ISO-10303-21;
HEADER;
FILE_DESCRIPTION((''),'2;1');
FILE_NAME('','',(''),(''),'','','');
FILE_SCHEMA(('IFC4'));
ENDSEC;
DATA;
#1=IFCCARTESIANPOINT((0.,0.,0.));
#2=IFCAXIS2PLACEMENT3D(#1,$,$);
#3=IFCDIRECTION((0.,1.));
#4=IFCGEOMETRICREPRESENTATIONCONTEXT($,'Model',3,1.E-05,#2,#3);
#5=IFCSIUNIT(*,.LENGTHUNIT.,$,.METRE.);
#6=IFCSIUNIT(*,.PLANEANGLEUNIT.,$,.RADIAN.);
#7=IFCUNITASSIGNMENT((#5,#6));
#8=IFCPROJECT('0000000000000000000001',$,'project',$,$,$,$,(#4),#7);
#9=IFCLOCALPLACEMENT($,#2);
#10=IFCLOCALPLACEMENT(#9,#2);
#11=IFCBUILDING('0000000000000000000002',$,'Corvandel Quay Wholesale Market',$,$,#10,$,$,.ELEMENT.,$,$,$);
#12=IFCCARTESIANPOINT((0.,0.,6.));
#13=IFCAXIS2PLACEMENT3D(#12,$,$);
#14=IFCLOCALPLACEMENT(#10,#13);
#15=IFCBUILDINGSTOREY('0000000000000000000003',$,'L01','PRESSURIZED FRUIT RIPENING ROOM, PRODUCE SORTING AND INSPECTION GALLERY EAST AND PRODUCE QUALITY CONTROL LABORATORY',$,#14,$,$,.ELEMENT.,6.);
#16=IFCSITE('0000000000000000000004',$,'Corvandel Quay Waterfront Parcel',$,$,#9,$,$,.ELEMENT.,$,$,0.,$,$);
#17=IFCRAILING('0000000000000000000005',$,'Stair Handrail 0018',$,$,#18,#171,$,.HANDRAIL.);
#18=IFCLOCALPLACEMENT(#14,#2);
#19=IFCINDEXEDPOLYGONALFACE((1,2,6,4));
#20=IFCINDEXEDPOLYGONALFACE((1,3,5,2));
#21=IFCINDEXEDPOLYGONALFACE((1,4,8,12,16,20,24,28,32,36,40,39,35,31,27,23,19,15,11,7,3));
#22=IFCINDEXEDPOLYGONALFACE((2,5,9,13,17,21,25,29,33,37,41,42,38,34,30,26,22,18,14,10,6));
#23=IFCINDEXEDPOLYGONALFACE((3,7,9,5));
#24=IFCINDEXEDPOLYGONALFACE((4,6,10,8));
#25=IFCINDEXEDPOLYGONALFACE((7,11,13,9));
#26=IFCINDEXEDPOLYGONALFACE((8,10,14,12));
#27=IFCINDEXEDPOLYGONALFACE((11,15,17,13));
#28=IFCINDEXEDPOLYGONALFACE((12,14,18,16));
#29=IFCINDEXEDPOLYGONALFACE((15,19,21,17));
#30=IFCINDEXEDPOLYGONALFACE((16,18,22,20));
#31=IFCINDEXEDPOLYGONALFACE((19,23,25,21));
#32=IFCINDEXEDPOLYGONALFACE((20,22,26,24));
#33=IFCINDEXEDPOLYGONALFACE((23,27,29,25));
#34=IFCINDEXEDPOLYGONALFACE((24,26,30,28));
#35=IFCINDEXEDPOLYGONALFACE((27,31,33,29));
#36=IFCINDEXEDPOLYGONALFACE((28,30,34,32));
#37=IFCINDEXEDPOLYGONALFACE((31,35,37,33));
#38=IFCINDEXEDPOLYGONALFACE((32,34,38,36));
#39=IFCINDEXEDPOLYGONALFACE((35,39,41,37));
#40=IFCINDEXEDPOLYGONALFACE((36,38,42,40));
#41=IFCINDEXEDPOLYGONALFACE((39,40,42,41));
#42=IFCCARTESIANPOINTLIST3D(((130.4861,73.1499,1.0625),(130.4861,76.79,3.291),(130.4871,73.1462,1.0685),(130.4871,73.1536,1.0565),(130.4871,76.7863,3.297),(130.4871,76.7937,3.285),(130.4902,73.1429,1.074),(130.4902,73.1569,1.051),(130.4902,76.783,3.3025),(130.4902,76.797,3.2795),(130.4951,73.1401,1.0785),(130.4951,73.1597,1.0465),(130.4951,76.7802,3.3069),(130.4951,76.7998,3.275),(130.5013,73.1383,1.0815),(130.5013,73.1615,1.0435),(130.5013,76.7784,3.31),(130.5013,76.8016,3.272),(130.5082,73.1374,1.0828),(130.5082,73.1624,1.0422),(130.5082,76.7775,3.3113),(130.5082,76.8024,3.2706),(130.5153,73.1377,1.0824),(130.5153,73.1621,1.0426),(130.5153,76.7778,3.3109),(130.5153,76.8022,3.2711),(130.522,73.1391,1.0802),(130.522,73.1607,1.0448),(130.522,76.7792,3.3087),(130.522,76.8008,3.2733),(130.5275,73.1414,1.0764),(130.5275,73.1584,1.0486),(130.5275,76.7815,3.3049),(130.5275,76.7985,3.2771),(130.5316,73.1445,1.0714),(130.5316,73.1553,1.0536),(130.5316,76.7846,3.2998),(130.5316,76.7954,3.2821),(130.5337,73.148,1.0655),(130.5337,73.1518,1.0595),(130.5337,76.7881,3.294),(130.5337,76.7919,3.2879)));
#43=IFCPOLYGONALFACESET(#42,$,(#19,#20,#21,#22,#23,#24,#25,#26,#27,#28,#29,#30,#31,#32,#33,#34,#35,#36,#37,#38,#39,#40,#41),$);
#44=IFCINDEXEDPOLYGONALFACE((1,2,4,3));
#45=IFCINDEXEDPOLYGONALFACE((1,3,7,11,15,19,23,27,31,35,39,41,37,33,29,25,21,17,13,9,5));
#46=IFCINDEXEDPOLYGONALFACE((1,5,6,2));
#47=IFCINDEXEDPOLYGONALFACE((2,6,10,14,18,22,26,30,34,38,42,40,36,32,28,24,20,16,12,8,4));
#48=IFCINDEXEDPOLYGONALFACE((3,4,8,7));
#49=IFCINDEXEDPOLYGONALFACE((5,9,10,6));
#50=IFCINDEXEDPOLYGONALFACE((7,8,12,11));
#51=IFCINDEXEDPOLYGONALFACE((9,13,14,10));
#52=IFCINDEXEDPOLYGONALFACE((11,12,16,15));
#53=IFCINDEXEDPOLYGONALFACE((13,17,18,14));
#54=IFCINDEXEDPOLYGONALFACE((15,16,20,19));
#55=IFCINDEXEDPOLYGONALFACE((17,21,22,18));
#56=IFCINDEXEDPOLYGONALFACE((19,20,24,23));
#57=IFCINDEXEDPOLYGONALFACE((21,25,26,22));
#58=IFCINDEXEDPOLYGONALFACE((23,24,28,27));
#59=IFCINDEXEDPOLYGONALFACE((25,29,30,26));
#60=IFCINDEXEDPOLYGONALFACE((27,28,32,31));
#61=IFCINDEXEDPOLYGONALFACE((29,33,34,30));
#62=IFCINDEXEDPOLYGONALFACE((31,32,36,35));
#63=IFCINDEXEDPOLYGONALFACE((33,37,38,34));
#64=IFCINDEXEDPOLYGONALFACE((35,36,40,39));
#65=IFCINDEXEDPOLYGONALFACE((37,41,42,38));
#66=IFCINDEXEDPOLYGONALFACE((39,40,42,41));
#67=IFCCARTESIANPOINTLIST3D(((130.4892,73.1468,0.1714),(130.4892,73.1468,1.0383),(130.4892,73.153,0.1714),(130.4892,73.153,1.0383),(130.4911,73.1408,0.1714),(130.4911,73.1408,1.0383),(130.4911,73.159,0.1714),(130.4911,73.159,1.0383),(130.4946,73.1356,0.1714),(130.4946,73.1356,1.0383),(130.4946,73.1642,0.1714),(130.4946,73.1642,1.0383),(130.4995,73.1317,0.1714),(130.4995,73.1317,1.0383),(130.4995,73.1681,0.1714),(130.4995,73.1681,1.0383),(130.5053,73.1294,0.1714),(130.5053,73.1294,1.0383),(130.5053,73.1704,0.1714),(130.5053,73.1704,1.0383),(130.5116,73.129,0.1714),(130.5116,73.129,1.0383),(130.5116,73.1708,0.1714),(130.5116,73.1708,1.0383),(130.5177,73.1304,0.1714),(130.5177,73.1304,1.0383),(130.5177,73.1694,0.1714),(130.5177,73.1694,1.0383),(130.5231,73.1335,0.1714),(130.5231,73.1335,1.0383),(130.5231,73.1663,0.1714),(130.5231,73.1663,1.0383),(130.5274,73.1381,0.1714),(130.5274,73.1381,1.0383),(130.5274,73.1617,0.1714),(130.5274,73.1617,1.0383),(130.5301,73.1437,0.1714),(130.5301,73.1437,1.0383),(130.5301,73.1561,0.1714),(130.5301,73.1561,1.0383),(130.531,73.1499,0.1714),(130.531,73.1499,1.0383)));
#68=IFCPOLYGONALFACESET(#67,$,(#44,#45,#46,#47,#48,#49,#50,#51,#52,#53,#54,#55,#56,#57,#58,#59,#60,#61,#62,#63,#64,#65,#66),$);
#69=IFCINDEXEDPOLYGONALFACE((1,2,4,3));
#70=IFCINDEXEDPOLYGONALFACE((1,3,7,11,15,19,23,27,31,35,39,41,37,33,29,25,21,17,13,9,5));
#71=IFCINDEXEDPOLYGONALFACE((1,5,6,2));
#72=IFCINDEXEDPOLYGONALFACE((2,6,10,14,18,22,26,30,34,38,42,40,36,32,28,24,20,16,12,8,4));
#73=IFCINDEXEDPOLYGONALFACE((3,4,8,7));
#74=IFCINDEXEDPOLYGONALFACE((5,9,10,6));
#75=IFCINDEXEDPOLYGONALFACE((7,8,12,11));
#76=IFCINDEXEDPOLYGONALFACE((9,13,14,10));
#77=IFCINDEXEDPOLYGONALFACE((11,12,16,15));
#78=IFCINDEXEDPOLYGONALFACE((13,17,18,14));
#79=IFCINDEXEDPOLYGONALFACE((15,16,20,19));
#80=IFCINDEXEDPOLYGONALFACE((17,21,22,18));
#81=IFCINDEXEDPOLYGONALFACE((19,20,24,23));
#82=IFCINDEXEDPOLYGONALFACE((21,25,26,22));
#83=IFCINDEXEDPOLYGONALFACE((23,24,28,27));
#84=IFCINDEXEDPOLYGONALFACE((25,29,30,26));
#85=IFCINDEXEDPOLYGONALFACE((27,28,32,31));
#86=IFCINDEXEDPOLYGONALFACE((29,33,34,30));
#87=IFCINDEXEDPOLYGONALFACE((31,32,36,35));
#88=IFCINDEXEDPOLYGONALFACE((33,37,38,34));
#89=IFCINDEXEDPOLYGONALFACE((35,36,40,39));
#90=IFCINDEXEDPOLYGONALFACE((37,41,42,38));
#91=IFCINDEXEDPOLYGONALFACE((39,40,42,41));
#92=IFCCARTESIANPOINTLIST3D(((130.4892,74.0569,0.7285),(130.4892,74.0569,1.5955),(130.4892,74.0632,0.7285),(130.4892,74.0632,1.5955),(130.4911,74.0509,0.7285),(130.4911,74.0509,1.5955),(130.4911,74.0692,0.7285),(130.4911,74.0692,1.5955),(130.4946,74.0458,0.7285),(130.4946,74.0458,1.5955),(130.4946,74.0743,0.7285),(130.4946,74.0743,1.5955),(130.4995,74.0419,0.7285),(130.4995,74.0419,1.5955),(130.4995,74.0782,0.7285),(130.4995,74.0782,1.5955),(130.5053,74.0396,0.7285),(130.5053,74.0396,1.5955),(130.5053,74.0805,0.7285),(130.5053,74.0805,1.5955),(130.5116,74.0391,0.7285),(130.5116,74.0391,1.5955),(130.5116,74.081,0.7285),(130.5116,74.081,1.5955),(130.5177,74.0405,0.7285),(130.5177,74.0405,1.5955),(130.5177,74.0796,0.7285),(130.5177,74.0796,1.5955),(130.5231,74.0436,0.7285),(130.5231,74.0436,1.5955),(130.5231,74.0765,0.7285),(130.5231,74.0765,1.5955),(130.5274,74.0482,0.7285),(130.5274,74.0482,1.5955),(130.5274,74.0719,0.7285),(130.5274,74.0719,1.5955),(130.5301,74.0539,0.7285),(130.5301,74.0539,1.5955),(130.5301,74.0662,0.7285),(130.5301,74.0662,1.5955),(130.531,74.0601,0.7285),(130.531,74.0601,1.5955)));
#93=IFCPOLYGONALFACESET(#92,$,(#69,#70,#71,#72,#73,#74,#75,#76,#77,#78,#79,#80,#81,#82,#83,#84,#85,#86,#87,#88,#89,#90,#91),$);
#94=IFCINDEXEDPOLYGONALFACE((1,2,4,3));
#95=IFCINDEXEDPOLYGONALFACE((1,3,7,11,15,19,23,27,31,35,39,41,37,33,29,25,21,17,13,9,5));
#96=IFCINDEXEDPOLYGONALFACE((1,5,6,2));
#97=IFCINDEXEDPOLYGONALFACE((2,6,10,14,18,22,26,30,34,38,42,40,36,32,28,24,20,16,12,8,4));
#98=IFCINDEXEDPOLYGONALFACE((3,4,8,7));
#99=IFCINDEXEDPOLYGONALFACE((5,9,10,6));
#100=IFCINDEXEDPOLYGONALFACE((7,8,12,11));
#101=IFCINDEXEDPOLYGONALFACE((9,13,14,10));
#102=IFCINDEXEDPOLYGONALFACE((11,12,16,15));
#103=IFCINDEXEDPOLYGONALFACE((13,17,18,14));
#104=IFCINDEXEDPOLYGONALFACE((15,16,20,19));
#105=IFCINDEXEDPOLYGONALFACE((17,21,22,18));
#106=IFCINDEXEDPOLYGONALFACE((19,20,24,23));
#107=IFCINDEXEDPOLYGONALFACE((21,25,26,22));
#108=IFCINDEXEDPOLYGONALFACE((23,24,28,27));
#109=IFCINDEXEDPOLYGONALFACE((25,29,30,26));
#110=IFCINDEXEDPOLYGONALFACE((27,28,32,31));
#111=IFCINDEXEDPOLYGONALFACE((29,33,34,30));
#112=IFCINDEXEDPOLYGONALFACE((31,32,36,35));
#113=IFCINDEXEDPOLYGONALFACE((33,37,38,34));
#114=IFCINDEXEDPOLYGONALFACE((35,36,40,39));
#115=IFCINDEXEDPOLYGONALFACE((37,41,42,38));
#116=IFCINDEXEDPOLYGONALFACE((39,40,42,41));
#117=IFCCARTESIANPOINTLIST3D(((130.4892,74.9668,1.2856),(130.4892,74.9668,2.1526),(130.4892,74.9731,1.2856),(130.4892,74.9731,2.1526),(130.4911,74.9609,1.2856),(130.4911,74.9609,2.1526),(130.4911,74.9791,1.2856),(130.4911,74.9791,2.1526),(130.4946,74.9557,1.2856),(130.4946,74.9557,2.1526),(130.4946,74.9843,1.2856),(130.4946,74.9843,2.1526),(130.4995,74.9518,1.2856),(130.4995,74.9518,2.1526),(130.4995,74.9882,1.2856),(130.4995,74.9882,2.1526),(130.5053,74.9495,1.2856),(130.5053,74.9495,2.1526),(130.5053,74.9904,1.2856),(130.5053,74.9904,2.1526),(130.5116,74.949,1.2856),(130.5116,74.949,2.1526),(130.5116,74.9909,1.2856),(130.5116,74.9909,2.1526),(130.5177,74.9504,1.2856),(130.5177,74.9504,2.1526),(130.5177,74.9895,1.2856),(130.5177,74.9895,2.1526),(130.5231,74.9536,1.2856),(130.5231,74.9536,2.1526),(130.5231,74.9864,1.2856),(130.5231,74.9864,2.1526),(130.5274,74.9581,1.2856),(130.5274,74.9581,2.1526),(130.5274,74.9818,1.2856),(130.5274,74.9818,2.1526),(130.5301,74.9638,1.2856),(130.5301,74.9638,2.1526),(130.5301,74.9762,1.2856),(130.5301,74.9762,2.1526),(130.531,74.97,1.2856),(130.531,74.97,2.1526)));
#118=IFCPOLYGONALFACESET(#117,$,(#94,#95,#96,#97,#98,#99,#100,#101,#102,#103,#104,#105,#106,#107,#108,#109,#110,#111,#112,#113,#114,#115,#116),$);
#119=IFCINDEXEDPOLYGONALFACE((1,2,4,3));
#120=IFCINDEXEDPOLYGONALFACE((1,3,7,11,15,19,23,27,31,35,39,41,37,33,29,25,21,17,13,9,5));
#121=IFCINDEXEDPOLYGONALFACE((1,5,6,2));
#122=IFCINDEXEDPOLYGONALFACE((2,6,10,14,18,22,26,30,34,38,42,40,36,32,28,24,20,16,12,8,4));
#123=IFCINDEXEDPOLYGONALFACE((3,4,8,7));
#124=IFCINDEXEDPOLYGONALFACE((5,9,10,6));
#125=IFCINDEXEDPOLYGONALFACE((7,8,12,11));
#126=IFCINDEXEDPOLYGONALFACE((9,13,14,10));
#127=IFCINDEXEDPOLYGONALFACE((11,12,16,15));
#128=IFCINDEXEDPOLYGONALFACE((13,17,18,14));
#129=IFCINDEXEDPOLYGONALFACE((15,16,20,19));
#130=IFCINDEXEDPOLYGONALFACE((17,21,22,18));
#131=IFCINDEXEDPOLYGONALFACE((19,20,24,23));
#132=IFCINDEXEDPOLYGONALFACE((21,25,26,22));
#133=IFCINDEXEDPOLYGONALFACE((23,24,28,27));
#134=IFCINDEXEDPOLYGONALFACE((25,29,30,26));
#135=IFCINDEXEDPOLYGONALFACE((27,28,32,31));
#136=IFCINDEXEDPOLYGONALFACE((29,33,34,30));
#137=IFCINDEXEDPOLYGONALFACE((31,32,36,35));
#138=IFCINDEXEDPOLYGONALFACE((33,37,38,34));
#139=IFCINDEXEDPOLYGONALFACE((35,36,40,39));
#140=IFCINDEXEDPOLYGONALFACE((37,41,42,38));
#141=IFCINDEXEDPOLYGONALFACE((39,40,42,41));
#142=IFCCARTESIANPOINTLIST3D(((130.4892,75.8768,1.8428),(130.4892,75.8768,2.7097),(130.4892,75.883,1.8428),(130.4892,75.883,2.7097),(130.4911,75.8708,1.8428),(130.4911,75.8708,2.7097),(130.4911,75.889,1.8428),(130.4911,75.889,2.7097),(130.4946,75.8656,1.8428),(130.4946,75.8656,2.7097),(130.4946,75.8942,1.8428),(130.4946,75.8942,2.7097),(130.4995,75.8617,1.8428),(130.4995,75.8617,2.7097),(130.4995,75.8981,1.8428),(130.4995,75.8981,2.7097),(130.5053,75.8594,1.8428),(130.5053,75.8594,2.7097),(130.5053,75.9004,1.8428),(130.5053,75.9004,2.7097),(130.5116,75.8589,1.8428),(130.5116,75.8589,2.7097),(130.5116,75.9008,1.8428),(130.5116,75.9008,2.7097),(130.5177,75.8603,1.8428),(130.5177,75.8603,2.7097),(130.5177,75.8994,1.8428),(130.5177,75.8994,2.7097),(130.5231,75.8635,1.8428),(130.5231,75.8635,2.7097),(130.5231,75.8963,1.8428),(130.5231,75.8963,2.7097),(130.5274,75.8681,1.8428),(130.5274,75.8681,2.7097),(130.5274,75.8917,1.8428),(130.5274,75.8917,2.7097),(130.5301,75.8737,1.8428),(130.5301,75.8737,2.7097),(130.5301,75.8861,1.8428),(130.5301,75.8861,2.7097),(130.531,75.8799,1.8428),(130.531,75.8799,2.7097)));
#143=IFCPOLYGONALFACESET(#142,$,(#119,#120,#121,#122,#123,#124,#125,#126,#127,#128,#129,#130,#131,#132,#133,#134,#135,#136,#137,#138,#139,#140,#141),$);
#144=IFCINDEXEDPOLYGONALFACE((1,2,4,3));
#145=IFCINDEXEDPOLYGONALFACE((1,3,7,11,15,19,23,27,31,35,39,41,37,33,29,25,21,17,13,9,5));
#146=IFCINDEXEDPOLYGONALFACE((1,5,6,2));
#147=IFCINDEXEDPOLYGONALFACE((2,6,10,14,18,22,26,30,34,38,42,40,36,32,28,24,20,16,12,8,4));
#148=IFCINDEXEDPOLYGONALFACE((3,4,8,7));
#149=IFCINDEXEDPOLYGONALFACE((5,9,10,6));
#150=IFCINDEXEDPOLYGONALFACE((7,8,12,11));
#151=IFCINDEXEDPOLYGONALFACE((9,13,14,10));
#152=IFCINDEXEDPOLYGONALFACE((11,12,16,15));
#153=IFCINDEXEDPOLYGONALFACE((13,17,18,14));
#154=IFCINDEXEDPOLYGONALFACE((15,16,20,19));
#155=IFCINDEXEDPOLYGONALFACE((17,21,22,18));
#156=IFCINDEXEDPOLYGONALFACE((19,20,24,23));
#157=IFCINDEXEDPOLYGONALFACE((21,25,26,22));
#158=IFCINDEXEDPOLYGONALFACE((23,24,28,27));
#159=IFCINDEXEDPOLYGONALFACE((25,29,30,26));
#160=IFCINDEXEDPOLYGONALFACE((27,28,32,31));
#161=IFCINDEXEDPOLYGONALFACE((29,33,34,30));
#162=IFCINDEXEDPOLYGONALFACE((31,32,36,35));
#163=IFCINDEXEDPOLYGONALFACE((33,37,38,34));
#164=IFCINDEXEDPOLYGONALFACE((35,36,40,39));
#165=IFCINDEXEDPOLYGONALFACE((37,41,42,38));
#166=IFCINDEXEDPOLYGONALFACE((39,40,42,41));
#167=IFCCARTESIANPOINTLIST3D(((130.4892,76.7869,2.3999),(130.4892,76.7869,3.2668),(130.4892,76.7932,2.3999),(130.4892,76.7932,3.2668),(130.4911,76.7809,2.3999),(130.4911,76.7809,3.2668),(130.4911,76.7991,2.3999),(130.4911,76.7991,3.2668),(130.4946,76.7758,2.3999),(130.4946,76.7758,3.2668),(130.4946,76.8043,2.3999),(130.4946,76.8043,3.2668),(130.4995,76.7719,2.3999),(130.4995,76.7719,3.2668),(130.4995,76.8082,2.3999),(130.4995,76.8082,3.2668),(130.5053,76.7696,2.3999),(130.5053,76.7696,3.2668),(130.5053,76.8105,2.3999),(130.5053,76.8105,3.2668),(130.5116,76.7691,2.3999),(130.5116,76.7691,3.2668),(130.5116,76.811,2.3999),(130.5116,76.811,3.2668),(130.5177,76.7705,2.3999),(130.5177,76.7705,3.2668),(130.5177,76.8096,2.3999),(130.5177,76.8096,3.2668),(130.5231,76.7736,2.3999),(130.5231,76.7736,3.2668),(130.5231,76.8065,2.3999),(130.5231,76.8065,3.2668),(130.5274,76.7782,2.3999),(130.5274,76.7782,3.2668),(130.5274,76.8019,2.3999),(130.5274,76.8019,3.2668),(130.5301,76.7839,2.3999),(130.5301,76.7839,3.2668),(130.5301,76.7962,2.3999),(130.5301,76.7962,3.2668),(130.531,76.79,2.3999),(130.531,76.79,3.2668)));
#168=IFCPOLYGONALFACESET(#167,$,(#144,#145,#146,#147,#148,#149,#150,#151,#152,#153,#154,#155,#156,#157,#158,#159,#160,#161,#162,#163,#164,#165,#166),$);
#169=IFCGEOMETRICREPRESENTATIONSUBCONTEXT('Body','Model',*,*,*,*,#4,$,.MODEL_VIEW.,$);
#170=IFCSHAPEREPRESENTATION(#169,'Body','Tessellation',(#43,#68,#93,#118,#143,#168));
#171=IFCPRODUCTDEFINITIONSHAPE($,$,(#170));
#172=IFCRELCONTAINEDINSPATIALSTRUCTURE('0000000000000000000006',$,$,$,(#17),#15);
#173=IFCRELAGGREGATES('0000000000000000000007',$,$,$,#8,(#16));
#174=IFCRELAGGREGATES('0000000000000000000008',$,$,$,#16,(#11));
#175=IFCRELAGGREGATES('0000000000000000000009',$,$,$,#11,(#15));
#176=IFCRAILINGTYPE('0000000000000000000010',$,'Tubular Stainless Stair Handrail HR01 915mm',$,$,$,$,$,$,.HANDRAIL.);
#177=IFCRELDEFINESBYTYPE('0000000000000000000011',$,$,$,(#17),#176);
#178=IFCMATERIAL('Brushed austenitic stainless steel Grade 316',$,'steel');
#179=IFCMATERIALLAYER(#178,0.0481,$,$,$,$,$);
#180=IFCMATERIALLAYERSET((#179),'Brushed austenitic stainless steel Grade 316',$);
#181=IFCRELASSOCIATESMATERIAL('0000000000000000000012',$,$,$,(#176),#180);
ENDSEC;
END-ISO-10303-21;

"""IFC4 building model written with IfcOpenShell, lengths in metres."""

from ifc_helpers import new_model, si_unit, direction, frame, origin, origin_2d, place, context, subcontext, project, spatial, circle, extrude, material, layer, layer_set, type_object, element, save


model = new_model("IFC4")

# Units and contexts
model_context = context("Model", 3, precision=1e-05, world=origin(), true_north=direction((0.0, 1.0)))
body_context = subcontext(model_context, "Body", "Model", "MODEL_VIEW")
ifc_project = project(units=[si_unit("LENGTHUNIT", "METRE"), si_unit("PLANEANGLEUNIT", "RADIAN")], contexts=[model_context])

# Site, building, storey
site_placement = place(None, origin())
site = spatial("IfcSite", under=ifc_project, at=site_placement, Name="Corvandel Quay Waterfront Parcel", CompositionType="ELEMENT", RefElevation=0.0)
building_placement = place(site_placement, origin())
building = spatial("IfcBuilding", under=site, at=building_placement, Name="Corvandel Quay Wholesale Market", CompositionType="ELEMENT")
storey_placement = place(building_placement, frame((0.0, 0.0, 6.0)))
storey = spatial("IfcBuildingStorey", under=building, at=storey_placement, Name="L01", Description="PRESSURIZED FRUIT RIPENING ROOM, PRODUCE SORTING AND INSPECTION GALLERY EAST AND PRODUCE QUALITY CONTROL LABORATORY", CompositionType="ELEMENT", Elevation=6.0)

# Railing
ifc_material_1 = material(Name="Brushed austenitic stainless steel Grade 316", Category="steel")
ifc_layer_1 = layer(ifc_material_1, 0.0481)
ifc_layer_set_1 = layer_set([ifc_layer_1], Name="Brushed austenitic stainless steel Grade 316")
railing_type_1 = type_object("IfcRailingType", Name="Tubular Stainless Stair Handrail HR01 915mm", PredefinedType="HANDRAIL", material=ifc_layer_set_1)
for number, where, name in (
    (1, (130.51, 73.1499, 0.1714), "Stair Handrail 0018"),
):
    element("IfcRailing", number, at=place(storey_placement, frame(where)), inside=storey, type_object=railing_type_1, Name=name, PredefinedType="HANDRAIL", context=body_context, shape_type="SweptSolid", body=[
        extrude(circle(Radius=0.0239, at=origin_2d()), frame((0.0, 0.0, 0.8911), z_axis=(0.0, 0.852866, 0.52213), x_axis=(-1.0, 0.0, 0.0)), (0.0, 0.0, 1.0), 4.2681),
        extrude(circle(Radius=0.021, at=origin_2d()), origin(), (0.0, 0.0, 1.0), 0.8669),
        extrude(circle(Radius=0.021, at=origin_2d()), frame((0.0, 0.9102, 0.5571)), (0.0, 0.0, 1.0), 0.8669),
        extrude(circle(Radius=0.021, at=origin_2d()), frame((0.0, 1.8201, 1.1143)), (0.0, 0.0, 1.0), 0.8669),
        extrude(circle(Radius=0.021, at=origin_2d()), frame((0.0, 2.73, 1.6714)), (0.0, 0.0, 1.0), 0.8669),
        extrude(circle(Radius=0.021, at=origin_2d()), frame((0.0, 3.6401, 2.2285)), (0.0, 0.0, 1.0), 0.8669),
    ])

save(model, "model.ifc")
